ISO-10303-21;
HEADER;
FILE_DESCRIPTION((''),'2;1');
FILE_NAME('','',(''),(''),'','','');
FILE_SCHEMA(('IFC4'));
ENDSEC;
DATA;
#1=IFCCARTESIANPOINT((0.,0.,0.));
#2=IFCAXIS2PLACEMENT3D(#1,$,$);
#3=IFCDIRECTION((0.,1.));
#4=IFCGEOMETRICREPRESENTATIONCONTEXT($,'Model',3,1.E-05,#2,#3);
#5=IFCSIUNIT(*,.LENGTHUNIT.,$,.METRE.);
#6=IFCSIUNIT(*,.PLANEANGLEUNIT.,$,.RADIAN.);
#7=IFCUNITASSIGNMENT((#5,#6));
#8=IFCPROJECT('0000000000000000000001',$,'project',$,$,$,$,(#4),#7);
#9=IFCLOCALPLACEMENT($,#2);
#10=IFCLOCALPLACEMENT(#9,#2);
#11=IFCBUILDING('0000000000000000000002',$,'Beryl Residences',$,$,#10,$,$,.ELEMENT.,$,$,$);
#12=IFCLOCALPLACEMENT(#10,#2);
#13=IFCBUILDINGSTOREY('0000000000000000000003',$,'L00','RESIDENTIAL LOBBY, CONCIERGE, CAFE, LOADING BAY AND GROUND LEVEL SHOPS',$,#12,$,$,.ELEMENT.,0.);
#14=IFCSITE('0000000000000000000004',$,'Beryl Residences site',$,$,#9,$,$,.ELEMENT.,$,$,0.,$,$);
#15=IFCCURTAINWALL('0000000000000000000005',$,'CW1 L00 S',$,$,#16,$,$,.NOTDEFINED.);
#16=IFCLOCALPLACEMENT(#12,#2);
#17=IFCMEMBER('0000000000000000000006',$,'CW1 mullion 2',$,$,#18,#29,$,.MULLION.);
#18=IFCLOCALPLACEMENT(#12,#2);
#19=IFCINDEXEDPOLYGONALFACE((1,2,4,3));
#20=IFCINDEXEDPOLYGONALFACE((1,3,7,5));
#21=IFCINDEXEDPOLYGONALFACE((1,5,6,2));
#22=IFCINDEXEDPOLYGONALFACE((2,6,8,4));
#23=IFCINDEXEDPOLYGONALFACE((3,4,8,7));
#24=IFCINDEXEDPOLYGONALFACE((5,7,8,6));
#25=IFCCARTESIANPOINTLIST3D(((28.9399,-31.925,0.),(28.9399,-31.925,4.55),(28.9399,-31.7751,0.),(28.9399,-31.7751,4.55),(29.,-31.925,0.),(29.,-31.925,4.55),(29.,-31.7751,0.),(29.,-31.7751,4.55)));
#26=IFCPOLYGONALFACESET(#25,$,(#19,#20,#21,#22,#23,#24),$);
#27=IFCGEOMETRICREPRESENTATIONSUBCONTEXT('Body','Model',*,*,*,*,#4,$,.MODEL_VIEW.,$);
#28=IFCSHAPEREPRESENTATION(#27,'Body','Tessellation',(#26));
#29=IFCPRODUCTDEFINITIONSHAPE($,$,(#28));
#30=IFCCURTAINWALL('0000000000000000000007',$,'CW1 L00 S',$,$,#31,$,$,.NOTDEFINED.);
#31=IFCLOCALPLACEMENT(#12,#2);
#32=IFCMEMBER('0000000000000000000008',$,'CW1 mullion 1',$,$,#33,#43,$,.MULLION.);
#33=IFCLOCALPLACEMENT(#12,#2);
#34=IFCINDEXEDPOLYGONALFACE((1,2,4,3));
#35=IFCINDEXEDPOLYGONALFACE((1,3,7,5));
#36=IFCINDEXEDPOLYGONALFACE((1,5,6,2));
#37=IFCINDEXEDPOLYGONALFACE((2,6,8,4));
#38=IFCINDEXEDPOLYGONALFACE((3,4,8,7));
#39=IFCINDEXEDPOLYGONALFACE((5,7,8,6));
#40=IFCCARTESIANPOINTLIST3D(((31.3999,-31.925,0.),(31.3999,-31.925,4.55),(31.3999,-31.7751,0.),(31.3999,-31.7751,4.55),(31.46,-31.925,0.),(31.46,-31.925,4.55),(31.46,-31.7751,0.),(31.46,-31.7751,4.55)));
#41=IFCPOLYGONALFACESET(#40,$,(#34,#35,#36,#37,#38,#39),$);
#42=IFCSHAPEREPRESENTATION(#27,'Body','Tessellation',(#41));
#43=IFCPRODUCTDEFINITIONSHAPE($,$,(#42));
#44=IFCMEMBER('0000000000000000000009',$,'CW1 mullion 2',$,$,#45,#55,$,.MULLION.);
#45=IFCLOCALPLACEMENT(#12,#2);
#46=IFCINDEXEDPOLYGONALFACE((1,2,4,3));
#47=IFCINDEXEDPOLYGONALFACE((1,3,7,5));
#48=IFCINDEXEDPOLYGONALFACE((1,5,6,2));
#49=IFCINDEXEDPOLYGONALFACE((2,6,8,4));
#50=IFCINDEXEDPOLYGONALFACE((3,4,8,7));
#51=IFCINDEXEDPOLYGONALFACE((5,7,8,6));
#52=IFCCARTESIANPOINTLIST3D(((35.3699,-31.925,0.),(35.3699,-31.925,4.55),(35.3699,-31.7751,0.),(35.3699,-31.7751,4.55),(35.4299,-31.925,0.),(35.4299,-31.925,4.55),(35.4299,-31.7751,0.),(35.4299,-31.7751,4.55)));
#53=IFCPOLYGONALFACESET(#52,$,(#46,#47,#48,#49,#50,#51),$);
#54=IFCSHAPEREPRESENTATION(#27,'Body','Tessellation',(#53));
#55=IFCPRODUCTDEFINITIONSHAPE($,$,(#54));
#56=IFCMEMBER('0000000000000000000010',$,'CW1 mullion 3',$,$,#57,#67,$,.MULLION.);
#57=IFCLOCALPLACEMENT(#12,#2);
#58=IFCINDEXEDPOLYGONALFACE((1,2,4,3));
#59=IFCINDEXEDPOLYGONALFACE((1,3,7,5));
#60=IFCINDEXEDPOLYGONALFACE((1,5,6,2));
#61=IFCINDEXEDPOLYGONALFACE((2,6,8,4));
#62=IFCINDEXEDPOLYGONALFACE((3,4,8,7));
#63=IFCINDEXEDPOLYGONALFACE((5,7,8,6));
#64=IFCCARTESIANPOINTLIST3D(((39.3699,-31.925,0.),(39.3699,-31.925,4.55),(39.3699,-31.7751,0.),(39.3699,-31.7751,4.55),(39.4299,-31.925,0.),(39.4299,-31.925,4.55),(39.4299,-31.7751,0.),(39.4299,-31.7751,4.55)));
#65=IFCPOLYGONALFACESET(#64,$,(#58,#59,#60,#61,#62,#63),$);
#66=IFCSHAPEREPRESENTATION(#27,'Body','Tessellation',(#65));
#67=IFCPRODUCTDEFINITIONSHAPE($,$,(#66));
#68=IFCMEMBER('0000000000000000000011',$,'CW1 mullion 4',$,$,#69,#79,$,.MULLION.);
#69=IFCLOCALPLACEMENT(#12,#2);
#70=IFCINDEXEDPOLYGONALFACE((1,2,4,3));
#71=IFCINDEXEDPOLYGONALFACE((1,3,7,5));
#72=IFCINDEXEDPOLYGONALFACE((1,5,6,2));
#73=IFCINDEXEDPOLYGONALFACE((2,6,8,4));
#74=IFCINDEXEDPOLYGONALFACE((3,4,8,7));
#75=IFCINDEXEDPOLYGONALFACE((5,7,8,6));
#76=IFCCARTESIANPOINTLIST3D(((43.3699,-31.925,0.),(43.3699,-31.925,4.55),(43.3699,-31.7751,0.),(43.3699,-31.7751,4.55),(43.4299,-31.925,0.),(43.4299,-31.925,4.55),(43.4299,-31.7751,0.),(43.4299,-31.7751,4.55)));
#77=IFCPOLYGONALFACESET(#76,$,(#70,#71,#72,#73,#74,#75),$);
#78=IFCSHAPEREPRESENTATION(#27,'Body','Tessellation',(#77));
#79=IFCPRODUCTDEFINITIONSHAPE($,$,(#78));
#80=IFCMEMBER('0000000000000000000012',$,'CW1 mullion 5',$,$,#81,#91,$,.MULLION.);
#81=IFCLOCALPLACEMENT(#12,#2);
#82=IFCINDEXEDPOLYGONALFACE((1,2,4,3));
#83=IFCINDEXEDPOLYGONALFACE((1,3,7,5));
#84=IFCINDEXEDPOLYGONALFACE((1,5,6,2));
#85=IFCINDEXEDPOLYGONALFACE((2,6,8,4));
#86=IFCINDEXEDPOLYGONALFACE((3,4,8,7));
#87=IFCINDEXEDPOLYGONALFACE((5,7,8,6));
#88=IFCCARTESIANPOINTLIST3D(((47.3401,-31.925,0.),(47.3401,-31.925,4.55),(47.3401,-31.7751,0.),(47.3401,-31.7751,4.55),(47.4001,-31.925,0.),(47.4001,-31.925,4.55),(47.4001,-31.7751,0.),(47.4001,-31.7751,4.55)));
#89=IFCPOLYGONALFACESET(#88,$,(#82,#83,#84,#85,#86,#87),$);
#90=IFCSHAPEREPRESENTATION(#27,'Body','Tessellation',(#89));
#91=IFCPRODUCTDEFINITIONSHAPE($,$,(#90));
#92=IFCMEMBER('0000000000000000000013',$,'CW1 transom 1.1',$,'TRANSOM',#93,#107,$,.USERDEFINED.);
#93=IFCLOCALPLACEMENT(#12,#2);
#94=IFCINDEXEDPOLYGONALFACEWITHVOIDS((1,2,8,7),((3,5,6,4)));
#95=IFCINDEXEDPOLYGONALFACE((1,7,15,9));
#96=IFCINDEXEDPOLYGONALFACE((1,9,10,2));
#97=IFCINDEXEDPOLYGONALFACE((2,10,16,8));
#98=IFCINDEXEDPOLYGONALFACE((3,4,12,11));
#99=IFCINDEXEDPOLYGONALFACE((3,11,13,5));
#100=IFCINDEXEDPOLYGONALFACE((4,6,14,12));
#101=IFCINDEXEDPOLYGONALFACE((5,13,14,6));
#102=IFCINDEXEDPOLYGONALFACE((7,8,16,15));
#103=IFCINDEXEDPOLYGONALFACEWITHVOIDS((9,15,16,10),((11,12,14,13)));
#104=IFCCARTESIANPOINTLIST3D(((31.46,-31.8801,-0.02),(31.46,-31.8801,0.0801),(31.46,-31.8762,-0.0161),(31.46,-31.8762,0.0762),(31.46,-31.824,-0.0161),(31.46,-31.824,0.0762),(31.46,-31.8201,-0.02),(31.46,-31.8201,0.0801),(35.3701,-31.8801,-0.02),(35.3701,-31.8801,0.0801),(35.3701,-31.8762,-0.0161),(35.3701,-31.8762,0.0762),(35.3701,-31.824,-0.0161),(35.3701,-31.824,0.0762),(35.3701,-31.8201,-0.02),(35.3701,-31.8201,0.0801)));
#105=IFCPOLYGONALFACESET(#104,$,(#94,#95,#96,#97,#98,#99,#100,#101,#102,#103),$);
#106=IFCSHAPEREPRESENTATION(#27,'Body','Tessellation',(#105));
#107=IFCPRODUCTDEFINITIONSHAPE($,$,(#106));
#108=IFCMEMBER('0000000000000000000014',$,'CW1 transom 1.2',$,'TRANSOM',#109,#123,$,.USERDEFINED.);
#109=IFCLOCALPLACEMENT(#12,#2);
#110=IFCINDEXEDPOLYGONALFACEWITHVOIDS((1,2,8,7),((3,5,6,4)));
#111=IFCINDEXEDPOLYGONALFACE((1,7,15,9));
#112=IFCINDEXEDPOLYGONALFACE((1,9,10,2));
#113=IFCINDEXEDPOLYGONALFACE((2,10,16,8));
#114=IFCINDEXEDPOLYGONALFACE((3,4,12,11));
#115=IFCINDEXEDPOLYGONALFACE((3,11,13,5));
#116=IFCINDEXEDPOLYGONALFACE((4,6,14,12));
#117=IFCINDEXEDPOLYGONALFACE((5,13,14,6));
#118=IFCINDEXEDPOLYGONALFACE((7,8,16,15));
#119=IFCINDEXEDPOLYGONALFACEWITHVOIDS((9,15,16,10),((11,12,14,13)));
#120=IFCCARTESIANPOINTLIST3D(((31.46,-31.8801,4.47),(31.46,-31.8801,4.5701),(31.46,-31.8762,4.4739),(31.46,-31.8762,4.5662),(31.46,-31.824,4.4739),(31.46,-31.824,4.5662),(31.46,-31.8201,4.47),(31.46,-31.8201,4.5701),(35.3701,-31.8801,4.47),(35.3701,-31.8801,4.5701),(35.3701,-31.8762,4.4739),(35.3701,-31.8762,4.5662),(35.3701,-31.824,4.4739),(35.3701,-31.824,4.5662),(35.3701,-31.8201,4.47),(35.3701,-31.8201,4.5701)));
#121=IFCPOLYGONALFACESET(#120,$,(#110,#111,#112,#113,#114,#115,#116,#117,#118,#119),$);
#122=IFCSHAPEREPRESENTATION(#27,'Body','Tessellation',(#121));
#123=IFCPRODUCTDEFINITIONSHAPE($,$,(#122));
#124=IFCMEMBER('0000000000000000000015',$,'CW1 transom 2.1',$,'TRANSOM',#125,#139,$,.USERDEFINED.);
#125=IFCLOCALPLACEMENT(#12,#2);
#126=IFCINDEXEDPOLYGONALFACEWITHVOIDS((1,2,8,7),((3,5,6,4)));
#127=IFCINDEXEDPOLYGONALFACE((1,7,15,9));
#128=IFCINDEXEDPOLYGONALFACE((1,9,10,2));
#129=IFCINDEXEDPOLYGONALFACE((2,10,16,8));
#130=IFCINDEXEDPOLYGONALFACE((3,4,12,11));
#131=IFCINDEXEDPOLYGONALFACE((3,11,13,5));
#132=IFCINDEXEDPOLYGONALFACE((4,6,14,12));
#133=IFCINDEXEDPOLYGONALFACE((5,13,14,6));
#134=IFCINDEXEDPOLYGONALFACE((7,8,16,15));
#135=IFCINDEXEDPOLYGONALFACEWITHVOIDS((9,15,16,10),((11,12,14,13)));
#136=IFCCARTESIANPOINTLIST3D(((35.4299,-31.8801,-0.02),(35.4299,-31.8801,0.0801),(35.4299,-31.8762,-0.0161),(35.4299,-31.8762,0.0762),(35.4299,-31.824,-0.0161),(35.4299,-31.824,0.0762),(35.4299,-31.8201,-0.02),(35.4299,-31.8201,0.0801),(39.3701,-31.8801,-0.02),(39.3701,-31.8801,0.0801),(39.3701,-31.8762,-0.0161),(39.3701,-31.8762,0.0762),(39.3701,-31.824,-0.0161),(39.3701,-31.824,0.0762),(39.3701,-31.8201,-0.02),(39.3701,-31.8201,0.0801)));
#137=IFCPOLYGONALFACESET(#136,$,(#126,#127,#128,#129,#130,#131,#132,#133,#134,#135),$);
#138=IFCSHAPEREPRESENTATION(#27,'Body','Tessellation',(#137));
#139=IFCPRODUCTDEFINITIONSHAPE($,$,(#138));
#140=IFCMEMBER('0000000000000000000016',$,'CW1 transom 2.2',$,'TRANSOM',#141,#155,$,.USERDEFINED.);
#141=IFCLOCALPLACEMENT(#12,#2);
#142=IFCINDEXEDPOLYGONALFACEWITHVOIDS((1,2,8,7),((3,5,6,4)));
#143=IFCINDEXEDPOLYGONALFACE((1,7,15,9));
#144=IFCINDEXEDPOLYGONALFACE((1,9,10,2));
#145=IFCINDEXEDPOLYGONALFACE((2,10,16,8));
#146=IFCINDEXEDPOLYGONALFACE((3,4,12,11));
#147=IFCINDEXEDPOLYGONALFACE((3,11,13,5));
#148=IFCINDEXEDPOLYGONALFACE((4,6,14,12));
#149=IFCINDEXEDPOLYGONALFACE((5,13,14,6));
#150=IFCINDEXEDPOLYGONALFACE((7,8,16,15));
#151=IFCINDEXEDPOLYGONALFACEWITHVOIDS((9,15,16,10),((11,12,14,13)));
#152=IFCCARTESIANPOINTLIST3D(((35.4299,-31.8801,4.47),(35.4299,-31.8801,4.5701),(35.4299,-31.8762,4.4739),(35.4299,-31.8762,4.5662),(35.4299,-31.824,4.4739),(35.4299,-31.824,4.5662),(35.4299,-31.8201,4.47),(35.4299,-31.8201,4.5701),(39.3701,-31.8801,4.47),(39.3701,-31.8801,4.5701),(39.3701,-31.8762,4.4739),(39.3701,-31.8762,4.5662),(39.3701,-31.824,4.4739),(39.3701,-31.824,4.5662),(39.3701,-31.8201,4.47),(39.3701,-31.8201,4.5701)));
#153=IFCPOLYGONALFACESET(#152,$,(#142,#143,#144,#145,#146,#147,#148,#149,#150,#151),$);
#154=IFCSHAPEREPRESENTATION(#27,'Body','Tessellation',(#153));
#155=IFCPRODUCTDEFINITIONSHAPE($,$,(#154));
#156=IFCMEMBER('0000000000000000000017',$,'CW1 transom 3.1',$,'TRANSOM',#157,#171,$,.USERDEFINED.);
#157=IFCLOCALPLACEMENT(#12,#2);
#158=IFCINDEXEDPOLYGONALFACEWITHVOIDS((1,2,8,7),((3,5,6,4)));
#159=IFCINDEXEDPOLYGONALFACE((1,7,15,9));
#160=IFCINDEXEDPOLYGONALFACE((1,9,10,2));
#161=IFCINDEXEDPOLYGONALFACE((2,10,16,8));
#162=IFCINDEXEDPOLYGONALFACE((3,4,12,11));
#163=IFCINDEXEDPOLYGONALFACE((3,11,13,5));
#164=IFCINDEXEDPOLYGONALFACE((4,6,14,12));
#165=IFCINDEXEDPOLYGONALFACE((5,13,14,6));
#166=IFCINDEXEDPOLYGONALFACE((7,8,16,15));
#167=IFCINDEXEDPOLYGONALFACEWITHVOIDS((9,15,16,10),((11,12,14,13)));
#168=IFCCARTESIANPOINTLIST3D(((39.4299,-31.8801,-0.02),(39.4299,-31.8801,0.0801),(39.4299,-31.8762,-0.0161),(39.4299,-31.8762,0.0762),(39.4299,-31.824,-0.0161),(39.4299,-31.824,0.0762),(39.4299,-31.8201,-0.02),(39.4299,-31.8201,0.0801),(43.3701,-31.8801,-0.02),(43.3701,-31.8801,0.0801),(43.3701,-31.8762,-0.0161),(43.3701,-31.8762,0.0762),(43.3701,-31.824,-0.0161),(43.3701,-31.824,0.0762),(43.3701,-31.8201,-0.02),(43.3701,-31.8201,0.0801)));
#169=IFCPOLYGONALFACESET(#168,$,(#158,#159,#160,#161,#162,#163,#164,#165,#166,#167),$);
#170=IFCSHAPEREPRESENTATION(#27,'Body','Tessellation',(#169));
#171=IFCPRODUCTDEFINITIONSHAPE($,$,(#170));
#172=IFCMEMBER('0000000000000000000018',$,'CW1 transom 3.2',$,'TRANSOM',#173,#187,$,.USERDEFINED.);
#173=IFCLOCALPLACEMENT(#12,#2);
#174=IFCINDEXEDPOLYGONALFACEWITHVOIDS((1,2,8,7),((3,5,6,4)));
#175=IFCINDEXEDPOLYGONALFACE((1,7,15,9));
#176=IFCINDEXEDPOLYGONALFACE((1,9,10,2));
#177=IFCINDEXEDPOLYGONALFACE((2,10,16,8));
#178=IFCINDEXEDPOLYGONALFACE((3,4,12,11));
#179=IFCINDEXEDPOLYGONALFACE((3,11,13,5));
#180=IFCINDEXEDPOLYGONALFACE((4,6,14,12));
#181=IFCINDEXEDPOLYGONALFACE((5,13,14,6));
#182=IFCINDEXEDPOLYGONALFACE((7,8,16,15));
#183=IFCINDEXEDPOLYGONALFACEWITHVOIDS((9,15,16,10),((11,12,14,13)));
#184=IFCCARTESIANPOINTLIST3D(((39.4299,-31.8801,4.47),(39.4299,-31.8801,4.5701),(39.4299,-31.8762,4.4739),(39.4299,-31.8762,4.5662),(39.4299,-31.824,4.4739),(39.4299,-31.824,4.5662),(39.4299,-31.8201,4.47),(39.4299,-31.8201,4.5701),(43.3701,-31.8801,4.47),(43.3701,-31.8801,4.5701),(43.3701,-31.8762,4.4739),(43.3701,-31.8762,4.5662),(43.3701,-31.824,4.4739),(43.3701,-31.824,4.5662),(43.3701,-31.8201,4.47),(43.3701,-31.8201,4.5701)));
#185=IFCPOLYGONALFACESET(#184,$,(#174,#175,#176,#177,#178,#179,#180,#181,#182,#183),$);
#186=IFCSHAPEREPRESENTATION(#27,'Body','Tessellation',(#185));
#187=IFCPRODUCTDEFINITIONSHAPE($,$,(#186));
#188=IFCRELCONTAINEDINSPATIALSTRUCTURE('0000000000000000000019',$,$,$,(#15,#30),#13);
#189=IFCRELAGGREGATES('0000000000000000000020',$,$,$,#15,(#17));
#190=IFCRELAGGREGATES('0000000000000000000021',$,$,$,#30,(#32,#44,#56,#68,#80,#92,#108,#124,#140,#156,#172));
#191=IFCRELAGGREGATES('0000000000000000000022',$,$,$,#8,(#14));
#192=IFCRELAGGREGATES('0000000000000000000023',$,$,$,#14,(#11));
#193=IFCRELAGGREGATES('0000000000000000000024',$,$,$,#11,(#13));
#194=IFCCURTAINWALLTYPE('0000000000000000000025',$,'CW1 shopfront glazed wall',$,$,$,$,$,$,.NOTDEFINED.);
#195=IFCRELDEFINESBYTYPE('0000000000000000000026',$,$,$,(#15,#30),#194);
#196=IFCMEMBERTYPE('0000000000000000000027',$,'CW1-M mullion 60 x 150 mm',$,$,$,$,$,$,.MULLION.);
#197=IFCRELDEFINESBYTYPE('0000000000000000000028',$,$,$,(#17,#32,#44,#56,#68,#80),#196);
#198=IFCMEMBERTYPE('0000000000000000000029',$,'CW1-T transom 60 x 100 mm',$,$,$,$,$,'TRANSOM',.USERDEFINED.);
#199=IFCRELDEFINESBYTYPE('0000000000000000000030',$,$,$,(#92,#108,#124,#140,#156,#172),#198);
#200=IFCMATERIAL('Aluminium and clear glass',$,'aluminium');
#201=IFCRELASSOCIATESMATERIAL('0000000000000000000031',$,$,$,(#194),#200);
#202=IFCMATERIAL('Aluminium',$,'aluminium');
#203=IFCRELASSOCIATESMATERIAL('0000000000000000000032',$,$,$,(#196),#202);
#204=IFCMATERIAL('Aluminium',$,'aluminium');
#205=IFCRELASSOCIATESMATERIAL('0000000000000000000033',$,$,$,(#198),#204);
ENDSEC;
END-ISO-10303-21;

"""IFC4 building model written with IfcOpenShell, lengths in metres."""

from ifc_helpers import new_model, si_unit, direction, frame, origin, origin_2d, place, context, subcontext, project, spatial, rectangle, hollow_rectangle, extrude, material, material_profile, profile_set, type_object, element, aggregate, save


model = new_model("IFC4")

# Units and contexts
model_context = context("Model", 3, precision=1e-05, world=origin(), true_north=direction((0.0, 1.0)))
body_context = subcontext(model_context, "Body", "Model", "MODEL_VIEW")
ifc_project = project(units=[si_unit("LENGTHUNIT", "METRE"), si_unit("PLANEANGLEUNIT", "RADIAN")], contexts=[model_context])

# Site, building, storey
site_placement = place(None, origin())
site = spatial("IfcSite", under=ifc_project, at=site_placement, Name="Beryl Residences site", CompositionType="ELEMENT", RefElevation=0.0)
building_placement = place(site_placement, origin())
building = spatial("IfcBuilding", under=site, at=building_placement, Name="Beryl Residences", CompositionType="ELEMENT")
storey_placement = place(building_placement, origin())
storey = spatial("IfcBuildingStorey", under=building, at=storey_placement, Name="L00", Description="RESIDENTIAL LOBBY, CONCIERGE, CAFE, LOADING BAY AND GROUND LEVEL SHOPS", CompositionType="ELEMENT", Elevation=0.0)

# Curtain wall, member
ifc_material_1 = material(Name="Aluminium and clear glass", Category="aluminium")
curtain_wall_type = type_object("IfcCurtainWallType", Name="CW1 shopfront glazed wall", PredefinedType="NOTDEFINED", material=ifc_material_1)
curtain_wall_1_placement = place(storey_placement, origin())
curtain_wall_1 = element("IfcCurtainWall", 1, at=curtain_wall_1_placement, inside=storey, type_object=curtain_wall_type, Name="CW1 L00 S", PredefinedType="NOTDEFINED")
ifc_material_2 = material(Name="Aluminium", Category="aluminium")
ifc_material_profile_1 = material_profile(ifc_material_2, rectangle(XDim=0.0601, YDim=0.1499, at=origin_2d()))
ifc_profile_set_1 = profile_set([ifc_material_profile_1], Name="Aluminium")
member_type_1 = type_object("IfcMemberType", Name="CW1-M mullion 60 x 150 mm", PredefinedType="MULLION", material=ifc_profile_set_1)
member_1_placement = place(storey_placement, frame((28.97, -31.8501, 0.0), z_axis=(0.0, 0.0, 1.0), x_axis=(1.0, 0.0, 0.0)))
member_1 = element("IfcMember", 2, at=member_1_placement, type_object=member_type_1, Name="CW1 mullion 2", PredefinedType="MULLION", context=body_context, shape_type="SweptSolid", body=[
    extrude(rectangle(XDim=0.0601, YDim=0.1499, at=origin_2d()), origin(), (0.0, 0.0, 1.0), 4.55),
])
aggregate(curtain_wall_1, [member_1])

# Curtain wall, members
curtain_wall_2_placement = place(storey_placement, origin())
curtain_wall_2 = element("IfcCurtainWall", 3, at=curtain_wall_2_placement, inside=storey, type_object=curtain_wall_type, Name="CW1 L00 S", PredefinedType="NOTDEFINED")
member_2_placement = place(storey_placement, frame((31.4299, -31.8501, 0.0), z_axis=(0.0, 0.0, 1.0), x_axis=(1.0, 0.0, 0.0)))
member_2 = element("IfcMember", 4, at=member_2_placement, type_object=member_type_1, Name="CW1 mullion 1", PredefinedType="MULLION", context=body_context, shape_type="SweptSolid", body=[
    extrude(rectangle(XDim=0.0601, YDim=0.1499, at=origin_2d()), origin(), (0.0, 0.0, 1.0), 4.55),
])
member_3_placement = place(storey_placement, frame((35.3999, -31.8501, 0.0), z_axis=(0.0, 0.0, 1.0), x_axis=(1.0, 0.0, 0.0)))
member_3 = element("IfcMember", 5, at=member_3_placement, type_object=member_type_1, Name="CW1 mullion 2", PredefinedType="MULLION", context=body_context, shape_type="SweptSolid", body=[
    extrude(rectangle(XDim=0.0601, YDim=0.1499, at=origin_2d()), origin(), (0.0, 0.0, 1.0), 4.55),
])
member_4_placement = place(storey_placement, frame((39.3999, -31.8501, 0.0), z_axis=(0.0, 0.0, 1.0), x_axis=(1.0, 0.0, 0.0)))
member_4 = element("IfcMember", 6, at=member_4_placement, type_object=member_type_1, Name="CW1 mullion 3", PredefinedType="MULLION", context=body_context, shape_type="SweptSolid", body=[
    extrude(rectangle(XDim=0.0601, YDim=0.1499, at=origin_2d()), origin(), (0.0, 0.0, 1.0), 4.55),
])
member_5_placement = place(storey_placement, frame((43.3999, -31.8501, 0.0), z_axis=(0.0, 0.0, 1.0), x_axis=(1.0, 0.0, 0.0)))
member_5 = element("IfcMember", 7, at=member_5_placement, type_object=member_type_1, Name="CW1 mullion 4", PredefinedType="MULLION", context=body_context, shape_type="SweptSolid", body=[
    extrude(rectangle(XDim=0.0601, YDim=0.1499, at=origin_2d()), origin(), (0.0, 0.0, 1.0), 4.55),
])
member_6_placement = place(storey_placement, frame((47.3701, -31.8501, 0.0), z_axis=(0.0, 0.0, 1.0), x_axis=(1.0, 0.0, 0.0)))
member_6 = element("IfcMember", 8, at=member_6_placement, type_object=member_type_1, Name="CW1 mullion 5", PredefinedType="MULLION", context=body_context, shape_type="SweptSolid", body=[
    extrude(rectangle(XDim=0.0601, YDim=0.1499, at=origin_2d()), origin(), (0.0, 0.0, 1.0), 4.55),
])
ifc_material_3 = material(Name="Aluminium", Category="aluminium")
ifc_material_profile_2 = material_profile(ifc_material_3, hollow_rectangle(XDim=0.0601, YDim=0.1001, WallThickness=0.0039, at=origin_2d()))
ifc_profile_set_2 = profile_set([ifc_material_profile_2], Name="Aluminium")
member_type_2 = type_object("IfcMemberType", Name="CW1-T transom 60 x 100 mm", ElementType="TRANSOM", PredefinedType="USERDEFINED", material=ifc_profile_set_2)
member_7_placement = place(storey_placement, frame((31.46, -31.8501, 0.03), z_axis=(1.0, 0.0, 0.0), x_axis=(0.0, 1.0, 0.0)))
member_7 = element("IfcMember", 9, at=member_7_placement, type_object=member_type_2, Name="CW1 transom 1.1", ObjectType="TRANSOM", PredefinedType="USERDEFINED", context=body_context, shape_type="SweptSolid", body=[
    extrude(hollow_rectangle(XDim=0.0601, YDim=0.1001, WallThickness=0.0039, at=origin_2d()), origin(), (0.0, 0.0, 1.0), 3.9102),
])
member_8_placement = place(storey_placement, frame((31.46, -31.8501, 4.52), z_axis=(1.0, 0.0, 0.0), x_axis=(0.0, 1.0, 0.0)))
member_8 = element("IfcMember", 10, at=member_8_placement, type_object=member_type_2, Name="CW1 transom 1.2", ObjectType="TRANSOM", PredefinedType="USERDEFINED", context=body_context, shape_type="SweptSolid", body=[
    extrude(hollow_rectangle(XDim=0.0601, YDim=0.1001, WallThickness=0.0039, at=origin_2d()), origin(), (0.0, 0.0, 1.0), 3.9102),
])
member_9_placement = place(storey_placement, frame((35.4299, -31.8501, 0.03), z_axis=(1.0, 0.0, 0.0), x_axis=(0.0, 1.0, 0.0)))
member_9 = element("IfcMember", 11, at=member_9_placement, type_object=member_type_2, Name="CW1 transom 2.1", ObjectType="TRANSOM", PredefinedType="USERDEFINED", context=body_context, shape_type="SweptSolid", body=[
    extrude(hollow_rectangle(XDim=0.0601, YDim=0.1001, WallThickness=0.0039, at=origin_2d()), origin(), (0.0, 0.0, 1.0), 3.9402),
])
member_10_placement = place(storey_placement, frame((35.4299, -31.8501, 4.52), z_axis=(1.0, 0.0, 0.0), x_axis=(0.0, 1.0, 0.0)))
member_10 = element("IfcMember", 12, at=member_10_placement, type_object=member_type_2, Name="CW1 transom 2.2", ObjectType="TRANSOM", PredefinedType="USERDEFINED", context=body_context, shape_type="SweptSolid", body=[
    extrude(hollow_rectangle(XDim=0.0601, YDim=0.1001, WallThickness=0.0039, at=origin_2d()), origin(), (0.0, 0.0, 1.0), 3.9402),
])
member_11_placement = place(storey_placement, frame((39.4299, -31.8501, 0.03), z_axis=(1.0, 0.0, 0.0), x_axis=(0.0, 1.0, 0.0)))
member_11 = element("IfcMember", 13, at=member_11_placement, type_object=member_type_2, Name="CW1 transom 3.1", ObjectType="TRANSOM", PredefinedType="USERDEFINED", context=body_context, shape_type="SweptSolid", body=[
    extrude(hollow_rectangle(XDim=0.0601, YDim=0.1001, WallThickness=0.0039, at=origin_2d()), origin(), (0.0, 0.0, 1.0), 3.9402),
])
member_12_placement = place(storey_placement, frame((39.4299, -31.8501, 4.52), z_axis=(1.0, 0.0, 0.0), x_axis=(0.0, 1.0, 0.0)))
member_12 = element("IfcMember", 14, at=member_12_placement, type_object=member_type_2, Name="CW1 transom 3.2", ObjectType="TRANSOM", PredefinedType="USERDEFINED", context=body_context, shape_type="SweptSolid", body=[
    extrude(hollow_rectangle(XDim=0.0601, YDim=0.1001, WallThickness=0.0039, at=origin_2d()), origin(), (0.0, 0.0, 1.0), 3.9402),
])
aggregate(curtain_wall_2, [member_2, member_3, member_4, member_5, member_6, member_7, member_8, member_9, member_10, member_11, member_12])

save(model, "model.ifc")
